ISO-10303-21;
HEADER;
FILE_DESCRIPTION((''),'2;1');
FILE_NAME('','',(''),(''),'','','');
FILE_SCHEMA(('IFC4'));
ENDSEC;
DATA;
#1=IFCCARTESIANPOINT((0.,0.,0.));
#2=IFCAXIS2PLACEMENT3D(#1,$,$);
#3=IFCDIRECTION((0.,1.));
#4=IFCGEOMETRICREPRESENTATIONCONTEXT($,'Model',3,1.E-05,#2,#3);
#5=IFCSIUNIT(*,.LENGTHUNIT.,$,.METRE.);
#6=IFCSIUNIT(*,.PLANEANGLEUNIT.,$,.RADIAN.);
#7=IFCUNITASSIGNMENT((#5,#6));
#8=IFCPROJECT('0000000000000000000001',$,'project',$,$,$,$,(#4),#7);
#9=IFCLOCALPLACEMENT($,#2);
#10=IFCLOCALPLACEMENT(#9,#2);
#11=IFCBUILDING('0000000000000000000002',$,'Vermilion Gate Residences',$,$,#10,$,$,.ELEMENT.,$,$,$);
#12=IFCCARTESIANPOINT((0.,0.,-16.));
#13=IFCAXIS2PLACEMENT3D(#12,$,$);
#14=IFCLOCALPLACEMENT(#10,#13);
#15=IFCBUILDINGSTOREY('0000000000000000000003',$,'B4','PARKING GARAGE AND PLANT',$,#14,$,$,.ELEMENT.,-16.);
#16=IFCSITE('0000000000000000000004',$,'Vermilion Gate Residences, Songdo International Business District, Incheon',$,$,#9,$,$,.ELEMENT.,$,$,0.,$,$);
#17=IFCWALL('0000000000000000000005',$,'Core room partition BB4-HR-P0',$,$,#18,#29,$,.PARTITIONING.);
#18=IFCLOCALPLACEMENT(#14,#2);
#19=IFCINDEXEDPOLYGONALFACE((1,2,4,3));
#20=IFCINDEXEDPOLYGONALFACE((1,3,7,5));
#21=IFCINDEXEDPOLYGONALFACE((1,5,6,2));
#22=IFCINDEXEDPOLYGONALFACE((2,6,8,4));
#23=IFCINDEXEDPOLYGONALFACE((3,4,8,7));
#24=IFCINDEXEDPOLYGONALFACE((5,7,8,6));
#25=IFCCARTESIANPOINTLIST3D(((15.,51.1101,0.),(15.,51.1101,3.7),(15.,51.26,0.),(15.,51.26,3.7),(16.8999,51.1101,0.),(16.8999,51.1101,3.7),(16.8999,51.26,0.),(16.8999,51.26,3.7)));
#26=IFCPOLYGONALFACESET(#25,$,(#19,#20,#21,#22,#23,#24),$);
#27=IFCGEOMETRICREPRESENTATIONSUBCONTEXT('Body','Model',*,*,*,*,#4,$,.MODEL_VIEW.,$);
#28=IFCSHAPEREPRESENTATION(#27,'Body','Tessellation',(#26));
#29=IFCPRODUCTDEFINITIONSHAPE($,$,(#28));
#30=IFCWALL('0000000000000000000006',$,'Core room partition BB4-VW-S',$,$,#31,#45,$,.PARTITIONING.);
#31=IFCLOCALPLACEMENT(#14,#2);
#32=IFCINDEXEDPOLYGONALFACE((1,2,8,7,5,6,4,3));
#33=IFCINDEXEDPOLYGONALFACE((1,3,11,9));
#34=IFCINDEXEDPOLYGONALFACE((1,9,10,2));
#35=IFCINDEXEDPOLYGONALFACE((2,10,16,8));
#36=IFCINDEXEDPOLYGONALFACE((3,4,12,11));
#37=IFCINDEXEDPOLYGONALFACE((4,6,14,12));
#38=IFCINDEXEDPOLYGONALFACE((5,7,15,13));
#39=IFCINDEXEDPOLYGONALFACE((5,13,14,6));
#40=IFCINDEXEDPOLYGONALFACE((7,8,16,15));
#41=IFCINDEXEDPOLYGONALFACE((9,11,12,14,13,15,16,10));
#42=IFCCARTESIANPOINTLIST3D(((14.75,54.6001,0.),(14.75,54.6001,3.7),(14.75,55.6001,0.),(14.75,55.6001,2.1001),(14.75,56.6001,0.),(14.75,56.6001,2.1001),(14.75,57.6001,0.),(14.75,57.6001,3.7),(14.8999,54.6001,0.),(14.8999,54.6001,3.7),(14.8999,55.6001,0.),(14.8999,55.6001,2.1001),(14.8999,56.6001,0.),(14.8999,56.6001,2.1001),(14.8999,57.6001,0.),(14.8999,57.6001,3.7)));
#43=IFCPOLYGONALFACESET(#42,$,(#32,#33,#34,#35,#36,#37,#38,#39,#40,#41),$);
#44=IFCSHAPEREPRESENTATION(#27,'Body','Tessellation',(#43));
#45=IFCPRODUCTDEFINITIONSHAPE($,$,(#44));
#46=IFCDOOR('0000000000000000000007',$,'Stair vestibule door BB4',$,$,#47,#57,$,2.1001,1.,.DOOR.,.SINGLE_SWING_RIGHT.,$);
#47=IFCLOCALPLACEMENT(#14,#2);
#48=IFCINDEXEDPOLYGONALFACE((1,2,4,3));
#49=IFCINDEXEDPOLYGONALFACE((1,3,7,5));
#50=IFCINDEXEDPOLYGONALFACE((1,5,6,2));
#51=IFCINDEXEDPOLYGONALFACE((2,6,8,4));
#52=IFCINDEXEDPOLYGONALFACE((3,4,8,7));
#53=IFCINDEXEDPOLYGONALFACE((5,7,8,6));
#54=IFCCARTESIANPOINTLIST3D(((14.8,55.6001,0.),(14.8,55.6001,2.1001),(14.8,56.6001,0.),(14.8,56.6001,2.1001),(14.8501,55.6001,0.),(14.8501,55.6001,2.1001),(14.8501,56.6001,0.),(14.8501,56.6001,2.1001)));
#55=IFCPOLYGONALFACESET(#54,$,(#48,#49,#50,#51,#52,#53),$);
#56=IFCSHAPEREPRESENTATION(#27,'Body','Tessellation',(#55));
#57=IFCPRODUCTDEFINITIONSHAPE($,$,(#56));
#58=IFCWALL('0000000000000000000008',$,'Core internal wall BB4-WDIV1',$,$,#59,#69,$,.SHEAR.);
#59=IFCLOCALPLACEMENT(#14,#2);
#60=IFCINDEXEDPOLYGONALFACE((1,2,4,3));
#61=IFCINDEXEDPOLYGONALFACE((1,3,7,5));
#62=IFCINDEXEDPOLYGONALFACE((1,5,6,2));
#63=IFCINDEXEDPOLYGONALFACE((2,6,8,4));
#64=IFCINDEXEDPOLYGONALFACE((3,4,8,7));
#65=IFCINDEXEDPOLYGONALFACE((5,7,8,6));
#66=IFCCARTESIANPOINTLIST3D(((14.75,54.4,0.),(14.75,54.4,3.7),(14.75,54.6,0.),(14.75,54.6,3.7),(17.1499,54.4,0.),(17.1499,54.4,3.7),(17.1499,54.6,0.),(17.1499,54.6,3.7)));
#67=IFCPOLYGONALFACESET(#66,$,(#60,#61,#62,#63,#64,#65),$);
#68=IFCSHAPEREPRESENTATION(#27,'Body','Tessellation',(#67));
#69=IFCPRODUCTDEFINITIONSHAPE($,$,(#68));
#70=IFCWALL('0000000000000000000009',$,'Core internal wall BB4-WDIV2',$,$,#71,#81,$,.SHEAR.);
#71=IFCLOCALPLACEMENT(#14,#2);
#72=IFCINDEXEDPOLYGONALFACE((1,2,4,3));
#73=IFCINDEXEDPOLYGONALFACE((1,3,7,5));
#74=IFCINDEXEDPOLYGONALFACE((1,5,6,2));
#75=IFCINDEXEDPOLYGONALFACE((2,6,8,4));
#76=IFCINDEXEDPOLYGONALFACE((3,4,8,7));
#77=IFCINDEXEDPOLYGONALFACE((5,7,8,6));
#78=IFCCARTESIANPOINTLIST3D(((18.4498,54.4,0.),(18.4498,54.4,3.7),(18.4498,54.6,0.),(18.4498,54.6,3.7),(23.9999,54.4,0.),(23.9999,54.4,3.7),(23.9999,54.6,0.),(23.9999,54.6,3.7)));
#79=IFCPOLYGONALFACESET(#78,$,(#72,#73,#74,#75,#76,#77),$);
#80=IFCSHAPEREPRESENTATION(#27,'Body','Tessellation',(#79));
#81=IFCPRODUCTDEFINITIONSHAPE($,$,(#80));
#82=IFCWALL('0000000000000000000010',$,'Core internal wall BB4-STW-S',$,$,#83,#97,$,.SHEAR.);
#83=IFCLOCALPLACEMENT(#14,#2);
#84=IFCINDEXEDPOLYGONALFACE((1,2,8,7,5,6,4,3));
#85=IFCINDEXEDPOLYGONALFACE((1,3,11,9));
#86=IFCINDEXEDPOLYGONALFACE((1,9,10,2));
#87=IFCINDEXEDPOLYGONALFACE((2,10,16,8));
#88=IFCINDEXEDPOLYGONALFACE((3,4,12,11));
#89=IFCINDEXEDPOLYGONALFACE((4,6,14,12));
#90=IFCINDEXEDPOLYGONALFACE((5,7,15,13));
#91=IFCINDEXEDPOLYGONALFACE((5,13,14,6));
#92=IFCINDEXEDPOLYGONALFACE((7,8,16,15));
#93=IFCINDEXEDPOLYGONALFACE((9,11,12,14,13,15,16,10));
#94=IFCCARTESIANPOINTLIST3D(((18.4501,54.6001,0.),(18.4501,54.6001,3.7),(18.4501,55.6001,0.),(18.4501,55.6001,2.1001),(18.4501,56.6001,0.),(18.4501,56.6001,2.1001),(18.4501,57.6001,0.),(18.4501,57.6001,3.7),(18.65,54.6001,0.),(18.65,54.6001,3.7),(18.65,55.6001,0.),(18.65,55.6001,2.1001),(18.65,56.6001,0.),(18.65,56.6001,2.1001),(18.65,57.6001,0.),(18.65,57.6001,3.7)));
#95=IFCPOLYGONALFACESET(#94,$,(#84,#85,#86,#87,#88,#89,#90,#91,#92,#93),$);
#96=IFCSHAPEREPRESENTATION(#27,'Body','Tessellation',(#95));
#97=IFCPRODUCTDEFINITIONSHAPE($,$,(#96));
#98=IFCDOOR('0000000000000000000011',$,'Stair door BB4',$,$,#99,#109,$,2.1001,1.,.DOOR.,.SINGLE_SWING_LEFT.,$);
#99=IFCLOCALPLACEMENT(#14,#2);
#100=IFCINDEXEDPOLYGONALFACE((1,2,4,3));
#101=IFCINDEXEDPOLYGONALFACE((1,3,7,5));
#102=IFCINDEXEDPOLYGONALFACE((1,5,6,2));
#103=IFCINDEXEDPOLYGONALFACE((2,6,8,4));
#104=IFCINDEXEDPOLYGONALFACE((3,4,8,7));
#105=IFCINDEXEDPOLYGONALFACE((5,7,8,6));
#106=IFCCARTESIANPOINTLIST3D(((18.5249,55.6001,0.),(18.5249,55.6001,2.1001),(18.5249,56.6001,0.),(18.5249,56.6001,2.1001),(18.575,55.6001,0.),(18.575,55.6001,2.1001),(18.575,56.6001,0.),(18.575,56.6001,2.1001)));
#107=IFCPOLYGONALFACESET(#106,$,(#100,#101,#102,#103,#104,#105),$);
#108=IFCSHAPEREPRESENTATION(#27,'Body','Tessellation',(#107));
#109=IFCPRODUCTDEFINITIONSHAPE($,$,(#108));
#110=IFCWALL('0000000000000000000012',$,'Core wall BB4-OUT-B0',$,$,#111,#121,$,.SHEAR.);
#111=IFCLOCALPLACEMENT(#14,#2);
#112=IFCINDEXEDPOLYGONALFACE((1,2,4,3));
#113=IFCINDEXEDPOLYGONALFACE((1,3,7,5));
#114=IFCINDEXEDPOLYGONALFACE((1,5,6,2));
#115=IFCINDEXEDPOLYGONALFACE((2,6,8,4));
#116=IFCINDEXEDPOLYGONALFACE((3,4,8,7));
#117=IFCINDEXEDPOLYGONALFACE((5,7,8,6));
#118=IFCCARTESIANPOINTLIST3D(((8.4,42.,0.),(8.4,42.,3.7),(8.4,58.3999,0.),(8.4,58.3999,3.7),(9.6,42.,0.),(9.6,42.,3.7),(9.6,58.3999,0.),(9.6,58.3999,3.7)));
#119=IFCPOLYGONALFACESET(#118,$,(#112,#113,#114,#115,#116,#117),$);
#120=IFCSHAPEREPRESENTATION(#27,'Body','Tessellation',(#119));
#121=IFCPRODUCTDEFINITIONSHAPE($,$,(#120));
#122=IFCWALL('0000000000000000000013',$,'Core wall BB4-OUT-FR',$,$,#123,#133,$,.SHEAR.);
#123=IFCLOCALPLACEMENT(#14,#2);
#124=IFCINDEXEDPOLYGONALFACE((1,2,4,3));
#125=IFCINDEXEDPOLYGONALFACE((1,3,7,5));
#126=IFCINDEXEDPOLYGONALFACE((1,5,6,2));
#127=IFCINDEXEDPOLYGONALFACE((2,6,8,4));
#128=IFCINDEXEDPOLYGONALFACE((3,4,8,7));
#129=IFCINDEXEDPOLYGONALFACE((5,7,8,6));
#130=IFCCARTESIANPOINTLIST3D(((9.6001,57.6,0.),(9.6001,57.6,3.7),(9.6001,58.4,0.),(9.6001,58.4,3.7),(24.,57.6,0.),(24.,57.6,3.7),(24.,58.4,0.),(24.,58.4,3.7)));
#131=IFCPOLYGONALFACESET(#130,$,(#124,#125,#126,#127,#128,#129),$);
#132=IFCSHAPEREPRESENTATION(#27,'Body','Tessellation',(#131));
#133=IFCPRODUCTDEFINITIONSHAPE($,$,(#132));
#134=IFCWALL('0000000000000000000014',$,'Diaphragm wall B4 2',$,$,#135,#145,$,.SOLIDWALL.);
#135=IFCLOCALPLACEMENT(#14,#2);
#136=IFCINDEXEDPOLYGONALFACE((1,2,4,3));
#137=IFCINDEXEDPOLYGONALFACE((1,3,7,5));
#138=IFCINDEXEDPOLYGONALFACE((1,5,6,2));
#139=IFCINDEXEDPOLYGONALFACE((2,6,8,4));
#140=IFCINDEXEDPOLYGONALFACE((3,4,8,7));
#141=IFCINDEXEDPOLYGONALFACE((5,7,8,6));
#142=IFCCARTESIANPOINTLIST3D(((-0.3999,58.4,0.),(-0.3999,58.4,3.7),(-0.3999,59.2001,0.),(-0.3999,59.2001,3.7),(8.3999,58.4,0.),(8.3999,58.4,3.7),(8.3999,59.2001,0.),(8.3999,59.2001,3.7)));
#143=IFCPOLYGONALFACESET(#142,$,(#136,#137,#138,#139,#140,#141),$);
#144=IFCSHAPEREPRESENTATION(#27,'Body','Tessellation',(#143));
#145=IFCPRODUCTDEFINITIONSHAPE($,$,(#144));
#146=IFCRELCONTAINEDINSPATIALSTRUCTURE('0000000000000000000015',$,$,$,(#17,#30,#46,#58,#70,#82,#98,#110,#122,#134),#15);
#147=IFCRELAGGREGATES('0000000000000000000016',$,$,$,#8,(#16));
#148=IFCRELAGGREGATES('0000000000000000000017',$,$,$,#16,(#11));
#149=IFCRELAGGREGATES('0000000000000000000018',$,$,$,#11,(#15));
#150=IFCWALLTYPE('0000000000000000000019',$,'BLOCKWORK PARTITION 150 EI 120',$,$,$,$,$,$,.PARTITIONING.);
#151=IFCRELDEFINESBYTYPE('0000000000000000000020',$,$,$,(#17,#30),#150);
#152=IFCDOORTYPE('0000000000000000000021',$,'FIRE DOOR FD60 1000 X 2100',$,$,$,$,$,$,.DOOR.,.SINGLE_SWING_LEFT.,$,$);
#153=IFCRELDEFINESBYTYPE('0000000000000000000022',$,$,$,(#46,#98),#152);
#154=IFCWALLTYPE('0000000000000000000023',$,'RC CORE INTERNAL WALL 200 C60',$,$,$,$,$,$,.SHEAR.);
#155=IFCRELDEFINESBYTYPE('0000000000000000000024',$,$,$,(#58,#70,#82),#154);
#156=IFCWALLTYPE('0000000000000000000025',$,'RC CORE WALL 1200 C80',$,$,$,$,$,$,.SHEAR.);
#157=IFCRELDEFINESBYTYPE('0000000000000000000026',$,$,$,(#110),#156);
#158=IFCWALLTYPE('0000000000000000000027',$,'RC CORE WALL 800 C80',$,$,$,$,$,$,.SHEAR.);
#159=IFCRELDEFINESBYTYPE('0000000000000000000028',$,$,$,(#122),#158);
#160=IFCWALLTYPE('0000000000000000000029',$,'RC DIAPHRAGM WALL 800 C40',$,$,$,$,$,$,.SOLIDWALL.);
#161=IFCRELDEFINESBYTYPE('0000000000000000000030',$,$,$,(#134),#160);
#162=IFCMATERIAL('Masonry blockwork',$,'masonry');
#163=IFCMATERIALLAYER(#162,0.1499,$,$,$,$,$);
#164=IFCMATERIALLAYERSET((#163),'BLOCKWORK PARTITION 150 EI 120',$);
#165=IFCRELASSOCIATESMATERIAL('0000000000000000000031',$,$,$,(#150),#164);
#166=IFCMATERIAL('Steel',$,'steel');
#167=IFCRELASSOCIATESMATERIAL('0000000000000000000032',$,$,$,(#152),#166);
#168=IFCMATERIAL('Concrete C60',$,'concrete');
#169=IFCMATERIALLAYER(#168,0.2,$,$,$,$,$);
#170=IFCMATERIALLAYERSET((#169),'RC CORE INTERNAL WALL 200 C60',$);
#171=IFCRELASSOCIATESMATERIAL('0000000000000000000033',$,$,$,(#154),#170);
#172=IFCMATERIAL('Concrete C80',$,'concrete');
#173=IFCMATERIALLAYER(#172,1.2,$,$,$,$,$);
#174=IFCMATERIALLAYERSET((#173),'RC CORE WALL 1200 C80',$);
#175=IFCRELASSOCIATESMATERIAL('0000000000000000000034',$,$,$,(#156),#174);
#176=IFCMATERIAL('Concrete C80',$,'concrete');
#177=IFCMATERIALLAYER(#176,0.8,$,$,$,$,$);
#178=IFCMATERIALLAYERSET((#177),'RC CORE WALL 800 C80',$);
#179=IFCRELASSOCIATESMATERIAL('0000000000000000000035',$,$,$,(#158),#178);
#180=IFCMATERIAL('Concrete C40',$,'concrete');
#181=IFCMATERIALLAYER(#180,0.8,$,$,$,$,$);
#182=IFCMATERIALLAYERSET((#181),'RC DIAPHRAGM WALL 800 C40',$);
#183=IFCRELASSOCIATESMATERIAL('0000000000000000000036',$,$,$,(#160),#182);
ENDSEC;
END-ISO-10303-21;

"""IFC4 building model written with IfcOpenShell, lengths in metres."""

from ifc_helpers import new_model, si_unit, direction, frame, frame_2d, origin, place, context, subcontext, project, spatial, rectangle, extrude, material, layer, layer_set, type_object, element, fill, save


model = new_model("IFC4")

# Units and contexts
model_context = context("Model", 3, precision=1e-05, world=origin(), true_north=direction((0.0, 1.0)))
body_context = subcontext(model_context, "Body", "Model", "MODEL_VIEW")
ifc_project = project(units=[si_unit("LENGTHUNIT", "METRE"), si_unit("PLANEANGLEUNIT", "RADIAN")], contexts=[model_context])

# Site, building, storey
site_placement = place(None, origin())
site = spatial("IfcSite", under=ifc_project, at=site_placement, Name="Vermilion Gate Residences, Songdo International Business District, Incheon", CompositionType="ELEMENT", RefElevation=0.0)
building_placement = place(site_placement, origin())
building = spatial("IfcBuilding", under=site, at=building_placement, Name="Vermilion Gate Residences", CompositionType="ELEMENT")
storey_placement = place(building_placement, frame((0.0, 0.0, -16.0)))
storey = spatial("IfcBuildingStorey", under=building, at=storey_placement, Name="B4", Description="PARKING GARAGE AND PLANT", CompositionType="ELEMENT", Elevation=-16.0)

# Shared definitions
ifc_material_1 = material(Name="Masonry blockwork", Category="masonry")
ifc_layer_1 = layer(ifc_material_1, 0.1499)
ifc_layer_set_1 = layer_set([ifc_layer_1], Name="BLOCKWORK PARTITION 150 EI 120")
wall_type_1 = type_object("IfcWallType", Name="BLOCKWORK PARTITION 150 EI 120", PredefinedType="PARTITIONING", material=ifc_layer_set_1)

# Wall
wall_1_placement = place(storey_placement, frame((15.0, 51.1851, 0.0), z_axis=(0.0, 0.0, 1.0), x_axis=(1.0, 0.0, 0.0)))
element("IfcWall", 1, at=wall_1_placement, inside=storey, type_object=wall_type_1, Name="Core room partition BB4-HR-P0", PredefinedType="PARTITIONING", context=body_context, shape_type="SweptSolid", body=[
    extrude(rectangle(XDim=1.8999, YDim=0.1499, at=frame_2d((0.95, 0.0))), origin(), (0.0, 0.0, 1.0), 3.7),
])

# Wall, opening, door
wall_2_placement = place(storey_placement, frame((14.825, 57.6001, 0.0), z_axis=(0.0, 0.0, 1.0), x_axis=(0.0, -1.0, 0.0)))
wall_2 = element("IfcWall", 2, at=wall_2_placement, inside=storey, type_object=wall_type_1, Name="Core room partition BB4-VW-S", PredefinedType="PARTITIONING", context=body_context, shape_type="SweptSolid", body=[
    extrude(rectangle(XDim=3.0, YDim=0.1499, at=frame_2d((1.5, 0.0))), origin(), (0.0, 0.0, 1.0), 3.7),
])
opening_1_placement = place(wall_2_placement, frame((1.0, 0.0, 0.0)))
opening_1 = element("IfcOpeningElement", 3, at=opening_1_placement, cuts=wall_2, PredefinedType="OPENING", context=body_context, shape_type="SweptSolid", body=[
    extrude(rectangle(XDim=1.0, YDim=2.1001, at=frame_2d((0.5, 1.05))), frame((0.0, 0.085, 0.0), z_axis=(0.0, -1.0, 0.0), x_axis=(1.0, 0.0, 0.0)), (0.0, 0.0, 1.0), 0.1699),
])
ifc_material_2 = material(Name="Steel", Category="steel")
door_type_1 = type_object("IfcDoorType", Name="FIRE DOOR FD60 1000 X 2100", OperationType="SINGLE_SWING_LEFT", PredefinedType="DOOR", material=ifc_material_2)
door_1_placement = place(opening_1_placement, frame((1.0, 0.0, 0.0), z_axis=(0.0, 0.0, 1.0), x_axis=(-1.0, 0.0, 0.0)))
door_1 = element("IfcDoor", 4, at=door_1_placement, inside=storey, type_object=door_type_1, Name="Stair vestibule door BB4", OperationType="SINGLE_SWING_RIGHT", OverallHeight=2.1001, OverallWidth=1.0, PredefinedType="DOOR", context=body_context, shape_type="SweptSolid", body=[
    extrude(rectangle(XDim=1.0, YDim=2.1001, at=frame_2d((0.5, 1.05))), frame((0.0, 0.0249, 0.0), z_axis=(0.0, -1.0, 0.0), x_axis=(1.0, 0.0, 0.0)), (0.0, 0.0, 1.0), 0.05),
])
fill(opening_1, door_1)

# Walls
ifc_material_3 = material(Name="Concrete C60", Category="concrete")
ifc_layer_2 = layer(ifc_material_3, 0.2)
ifc_layer_set_2 = layer_set([ifc_layer_2], Name="RC CORE INTERNAL WALL 200 C60")
wall_type_2 = type_object("IfcWallType", Name="RC CORE INTERNAL WALL 200 C60", PredefinedType="SHEAR", material=ifc_layer_set_2)
wall_3_placement = place(storey_placement, frame((14.75, 54.5, 0.0), z_axis=(0.0, 0.0, 1.0), x_axis=(1.0, 0.0, 0.0)))
element("IfcWall", 5, at=wall_3_placement, inside=storey, type_object=wall_type_2, Name="Core internal wall BB4-WDIV1", PredefinedType="SHEAR", context=body_context, shape_type="SweptSolid", body=[
    extrude(rectangle(XDim=2.3999, YDim=0.2, at=frame_2d((1.2, 0.0))), origin(), (0.0, 0.0, 1.0), 3.7),
])
wall_4_placement = place(storey_placement, frame((18.45, 54.5, 0.0), z_axis=(0.0, 0.0, 1.0), x_axis=(1.0, 0.0, 0.0)))
element("IfcWall", 6, at=wall_4_placement, inside=storey, type_object=wall_type_2, Name="Core internal wall BB4-WDIV2", PredefinedType="SHEAR", context=body_context, shape_type="SweptSolid", body=[
    extrude(rectangle(XDim=5.55, YDim=0.2, at=frame_2d((2.7749, 0.0))), origin(), (0.0, 0.0, 1.0), 3.7),
])

# Wall, opening, door
wall_5_placement = place(storey_placement, frame((18.55, 57.6001, 0.0), z_axis=(0.0, 0.0, 1.0), x_axis=(0.0, -1.0, 0.0)))
wall_5 = element("IfcWall", 7, at=wall_5_placement, inside=storey, type_object=wall_type_2, Name="Core internal wall BB4-STW-S", PredefinedType="SHEAR", context=body_context, shape_type="SweptSolid", body=[
    extrude(rectangle(XDim=3.0, YDim=0.2, at=frame_2d((1.5, 0.0))), origin(), (0.0, 0.0, 1.0), 3.7),
])
opening_2_placement = place(wall_5_placement, frame((1.0, 0.0, 0.0)))
opening_2 = element("IfcOpeningElement", 8, at=opening_2_placement, cuts=wall_5, PredefinedType="OPENING", context=body_context, shape_type="SweptSolid", body=[
    extrude(rectangle(XDim=1.0, YDim=2.1001, at=frame_2d((0.5, 1.05))), frame((0.0, 0.1099, 0.0), z_axis=(0.0, -1.0, 0.0), x_axis=(1.0, 0.0, 0.0)), (0.0, 0.0, 1.0), 0.22),
])
door_2_placement = place(opening_2_placement, origin())
door_2 = element("IfcDoor", 9, at=door_2_placement, inside=storey, type_object=door_type_1, Name="Stair door BB4", OperationType="SINGLE_SWING_LEFT", OverallHeight=2.1001, OverallWidth=1.0, PredefinedType="DOOR", context=body_context, shape_type="SweptSolid", body=[
    extrude(rectangle(XDim=1.0, YDim=2.1001, at=frame_2d((0.5, 1.05))), frame((0.0, 0.0249, 0.0), z_axis=(0.0, -1.0, 0.0), x_axis=(1.0, 0.0, 0.0)), (0.0, 0.0, 1.0), 0.05),
])
fill(opening_2, door_2)

# Walls
ifc_material_4 = material(Name="Concrete C80", Category="concrete")
ifc_layer_3 = layer(ifc_material_4, 1.2)
ifc_layer_set_3 = layer_set([ifc_layer_3], Name="RC CORE WALL 1200 C80")
wall_type_3 = type_object("IfcWallType", Name="RC CORE WALL 1200 C80", PredefinedType="SHEAR", material=ifc_layer_set_3)
wall_6_placement = place(storey_placement, frame((9.0, 58.3999, 0.0), z_axis=(0.0, 0.0, 1.0), x_axis=(0.0, -1.0, 0.0)))
element("IfcWall", 10, at=wall_6_placement, inside=storey, type_object=wall_type_3, Name="Core wall BB4-OUT-B0", PredefinedType="SHEAR", context=body_context, shape_type="SweptSolid", body=[
    extrude(rectangle(XDim=16.3999, YDim=1.2, at=frame_2d((8.2, 0.0))), origin(), (0.0, 0.0, 1.0), 3.7),
])
ifc_material_5 = material(Name="Concrete C80", Category="concrete")
ifc_layer_4 = layer(ifc_material_5, 0.8)
ifc_layer_set_4 = layer_set([ifc_layer_4], Name="RC CORE WALL 800 C80")
wall_type_4 = type_object("IfcWallType", Name="RC CORE WALL 800 C80", PredefinedType="SHEAR", material=ifc_layer_set_4)
wall_7_placement = place(storey_placement, frame((9.6001, 58.0, 0.0), z_axis=(0.0, 0.0, 1.0), x_axis=(1.0, 0.0, 0.0)))
element("IfcWall", 11, at=wall_7_placement, inside=storey, type_object=wall_type_4, Name="Core wall BB4-OUT-FR", PredefinedType="SHEAR", context=body_context, shape_type="SweptSolid", body=[
    extrude(rectangle(XDim=14.3999, YDim=0.8, at=frame_2d((7.2, 0.0))), origin(), (0.0, 0.0, 1.0), 3.7),
])
ifc_material_6 = material(Name="Concrete C40", Category="concrete")
ifc_layer_5 = layer(ifc_material_6, 0.8)
ifc_layer_set_5 = layer_set([ifc_layer_5], Name="RC DIAPHRAGM WALL 800 C40")
wall_type_5 = type_object("IfcWallType", Name="RC DIAPHRAGM WALL 800 C40", PredefinedType="SOLIDWALL", material=ifc_layer_set_5)
wall_8_placement = place(storey_placement, frame((-0.3999, 58.8, 0.0), z_axis=(0.0, 0.0, 1.0), x_axis=(1.0, 0.0, 0.0)))
element("IfcWall", 12, at=wall_8_placement, inside=storey, type_object=wall_type_5, Name="Diaphragm wall B4 2", PredefinedType="SOLIDWALL", context=body_context, shape_type="SweptSolid", body=[
    extrude(rectangle(XDim=8.7998, YDim=0.8, at=frame_2d((4.3999, 0.0))), origin(), (0.0, 0.0, 1.0), 3.7),
])

save(model, "model.ifc")
